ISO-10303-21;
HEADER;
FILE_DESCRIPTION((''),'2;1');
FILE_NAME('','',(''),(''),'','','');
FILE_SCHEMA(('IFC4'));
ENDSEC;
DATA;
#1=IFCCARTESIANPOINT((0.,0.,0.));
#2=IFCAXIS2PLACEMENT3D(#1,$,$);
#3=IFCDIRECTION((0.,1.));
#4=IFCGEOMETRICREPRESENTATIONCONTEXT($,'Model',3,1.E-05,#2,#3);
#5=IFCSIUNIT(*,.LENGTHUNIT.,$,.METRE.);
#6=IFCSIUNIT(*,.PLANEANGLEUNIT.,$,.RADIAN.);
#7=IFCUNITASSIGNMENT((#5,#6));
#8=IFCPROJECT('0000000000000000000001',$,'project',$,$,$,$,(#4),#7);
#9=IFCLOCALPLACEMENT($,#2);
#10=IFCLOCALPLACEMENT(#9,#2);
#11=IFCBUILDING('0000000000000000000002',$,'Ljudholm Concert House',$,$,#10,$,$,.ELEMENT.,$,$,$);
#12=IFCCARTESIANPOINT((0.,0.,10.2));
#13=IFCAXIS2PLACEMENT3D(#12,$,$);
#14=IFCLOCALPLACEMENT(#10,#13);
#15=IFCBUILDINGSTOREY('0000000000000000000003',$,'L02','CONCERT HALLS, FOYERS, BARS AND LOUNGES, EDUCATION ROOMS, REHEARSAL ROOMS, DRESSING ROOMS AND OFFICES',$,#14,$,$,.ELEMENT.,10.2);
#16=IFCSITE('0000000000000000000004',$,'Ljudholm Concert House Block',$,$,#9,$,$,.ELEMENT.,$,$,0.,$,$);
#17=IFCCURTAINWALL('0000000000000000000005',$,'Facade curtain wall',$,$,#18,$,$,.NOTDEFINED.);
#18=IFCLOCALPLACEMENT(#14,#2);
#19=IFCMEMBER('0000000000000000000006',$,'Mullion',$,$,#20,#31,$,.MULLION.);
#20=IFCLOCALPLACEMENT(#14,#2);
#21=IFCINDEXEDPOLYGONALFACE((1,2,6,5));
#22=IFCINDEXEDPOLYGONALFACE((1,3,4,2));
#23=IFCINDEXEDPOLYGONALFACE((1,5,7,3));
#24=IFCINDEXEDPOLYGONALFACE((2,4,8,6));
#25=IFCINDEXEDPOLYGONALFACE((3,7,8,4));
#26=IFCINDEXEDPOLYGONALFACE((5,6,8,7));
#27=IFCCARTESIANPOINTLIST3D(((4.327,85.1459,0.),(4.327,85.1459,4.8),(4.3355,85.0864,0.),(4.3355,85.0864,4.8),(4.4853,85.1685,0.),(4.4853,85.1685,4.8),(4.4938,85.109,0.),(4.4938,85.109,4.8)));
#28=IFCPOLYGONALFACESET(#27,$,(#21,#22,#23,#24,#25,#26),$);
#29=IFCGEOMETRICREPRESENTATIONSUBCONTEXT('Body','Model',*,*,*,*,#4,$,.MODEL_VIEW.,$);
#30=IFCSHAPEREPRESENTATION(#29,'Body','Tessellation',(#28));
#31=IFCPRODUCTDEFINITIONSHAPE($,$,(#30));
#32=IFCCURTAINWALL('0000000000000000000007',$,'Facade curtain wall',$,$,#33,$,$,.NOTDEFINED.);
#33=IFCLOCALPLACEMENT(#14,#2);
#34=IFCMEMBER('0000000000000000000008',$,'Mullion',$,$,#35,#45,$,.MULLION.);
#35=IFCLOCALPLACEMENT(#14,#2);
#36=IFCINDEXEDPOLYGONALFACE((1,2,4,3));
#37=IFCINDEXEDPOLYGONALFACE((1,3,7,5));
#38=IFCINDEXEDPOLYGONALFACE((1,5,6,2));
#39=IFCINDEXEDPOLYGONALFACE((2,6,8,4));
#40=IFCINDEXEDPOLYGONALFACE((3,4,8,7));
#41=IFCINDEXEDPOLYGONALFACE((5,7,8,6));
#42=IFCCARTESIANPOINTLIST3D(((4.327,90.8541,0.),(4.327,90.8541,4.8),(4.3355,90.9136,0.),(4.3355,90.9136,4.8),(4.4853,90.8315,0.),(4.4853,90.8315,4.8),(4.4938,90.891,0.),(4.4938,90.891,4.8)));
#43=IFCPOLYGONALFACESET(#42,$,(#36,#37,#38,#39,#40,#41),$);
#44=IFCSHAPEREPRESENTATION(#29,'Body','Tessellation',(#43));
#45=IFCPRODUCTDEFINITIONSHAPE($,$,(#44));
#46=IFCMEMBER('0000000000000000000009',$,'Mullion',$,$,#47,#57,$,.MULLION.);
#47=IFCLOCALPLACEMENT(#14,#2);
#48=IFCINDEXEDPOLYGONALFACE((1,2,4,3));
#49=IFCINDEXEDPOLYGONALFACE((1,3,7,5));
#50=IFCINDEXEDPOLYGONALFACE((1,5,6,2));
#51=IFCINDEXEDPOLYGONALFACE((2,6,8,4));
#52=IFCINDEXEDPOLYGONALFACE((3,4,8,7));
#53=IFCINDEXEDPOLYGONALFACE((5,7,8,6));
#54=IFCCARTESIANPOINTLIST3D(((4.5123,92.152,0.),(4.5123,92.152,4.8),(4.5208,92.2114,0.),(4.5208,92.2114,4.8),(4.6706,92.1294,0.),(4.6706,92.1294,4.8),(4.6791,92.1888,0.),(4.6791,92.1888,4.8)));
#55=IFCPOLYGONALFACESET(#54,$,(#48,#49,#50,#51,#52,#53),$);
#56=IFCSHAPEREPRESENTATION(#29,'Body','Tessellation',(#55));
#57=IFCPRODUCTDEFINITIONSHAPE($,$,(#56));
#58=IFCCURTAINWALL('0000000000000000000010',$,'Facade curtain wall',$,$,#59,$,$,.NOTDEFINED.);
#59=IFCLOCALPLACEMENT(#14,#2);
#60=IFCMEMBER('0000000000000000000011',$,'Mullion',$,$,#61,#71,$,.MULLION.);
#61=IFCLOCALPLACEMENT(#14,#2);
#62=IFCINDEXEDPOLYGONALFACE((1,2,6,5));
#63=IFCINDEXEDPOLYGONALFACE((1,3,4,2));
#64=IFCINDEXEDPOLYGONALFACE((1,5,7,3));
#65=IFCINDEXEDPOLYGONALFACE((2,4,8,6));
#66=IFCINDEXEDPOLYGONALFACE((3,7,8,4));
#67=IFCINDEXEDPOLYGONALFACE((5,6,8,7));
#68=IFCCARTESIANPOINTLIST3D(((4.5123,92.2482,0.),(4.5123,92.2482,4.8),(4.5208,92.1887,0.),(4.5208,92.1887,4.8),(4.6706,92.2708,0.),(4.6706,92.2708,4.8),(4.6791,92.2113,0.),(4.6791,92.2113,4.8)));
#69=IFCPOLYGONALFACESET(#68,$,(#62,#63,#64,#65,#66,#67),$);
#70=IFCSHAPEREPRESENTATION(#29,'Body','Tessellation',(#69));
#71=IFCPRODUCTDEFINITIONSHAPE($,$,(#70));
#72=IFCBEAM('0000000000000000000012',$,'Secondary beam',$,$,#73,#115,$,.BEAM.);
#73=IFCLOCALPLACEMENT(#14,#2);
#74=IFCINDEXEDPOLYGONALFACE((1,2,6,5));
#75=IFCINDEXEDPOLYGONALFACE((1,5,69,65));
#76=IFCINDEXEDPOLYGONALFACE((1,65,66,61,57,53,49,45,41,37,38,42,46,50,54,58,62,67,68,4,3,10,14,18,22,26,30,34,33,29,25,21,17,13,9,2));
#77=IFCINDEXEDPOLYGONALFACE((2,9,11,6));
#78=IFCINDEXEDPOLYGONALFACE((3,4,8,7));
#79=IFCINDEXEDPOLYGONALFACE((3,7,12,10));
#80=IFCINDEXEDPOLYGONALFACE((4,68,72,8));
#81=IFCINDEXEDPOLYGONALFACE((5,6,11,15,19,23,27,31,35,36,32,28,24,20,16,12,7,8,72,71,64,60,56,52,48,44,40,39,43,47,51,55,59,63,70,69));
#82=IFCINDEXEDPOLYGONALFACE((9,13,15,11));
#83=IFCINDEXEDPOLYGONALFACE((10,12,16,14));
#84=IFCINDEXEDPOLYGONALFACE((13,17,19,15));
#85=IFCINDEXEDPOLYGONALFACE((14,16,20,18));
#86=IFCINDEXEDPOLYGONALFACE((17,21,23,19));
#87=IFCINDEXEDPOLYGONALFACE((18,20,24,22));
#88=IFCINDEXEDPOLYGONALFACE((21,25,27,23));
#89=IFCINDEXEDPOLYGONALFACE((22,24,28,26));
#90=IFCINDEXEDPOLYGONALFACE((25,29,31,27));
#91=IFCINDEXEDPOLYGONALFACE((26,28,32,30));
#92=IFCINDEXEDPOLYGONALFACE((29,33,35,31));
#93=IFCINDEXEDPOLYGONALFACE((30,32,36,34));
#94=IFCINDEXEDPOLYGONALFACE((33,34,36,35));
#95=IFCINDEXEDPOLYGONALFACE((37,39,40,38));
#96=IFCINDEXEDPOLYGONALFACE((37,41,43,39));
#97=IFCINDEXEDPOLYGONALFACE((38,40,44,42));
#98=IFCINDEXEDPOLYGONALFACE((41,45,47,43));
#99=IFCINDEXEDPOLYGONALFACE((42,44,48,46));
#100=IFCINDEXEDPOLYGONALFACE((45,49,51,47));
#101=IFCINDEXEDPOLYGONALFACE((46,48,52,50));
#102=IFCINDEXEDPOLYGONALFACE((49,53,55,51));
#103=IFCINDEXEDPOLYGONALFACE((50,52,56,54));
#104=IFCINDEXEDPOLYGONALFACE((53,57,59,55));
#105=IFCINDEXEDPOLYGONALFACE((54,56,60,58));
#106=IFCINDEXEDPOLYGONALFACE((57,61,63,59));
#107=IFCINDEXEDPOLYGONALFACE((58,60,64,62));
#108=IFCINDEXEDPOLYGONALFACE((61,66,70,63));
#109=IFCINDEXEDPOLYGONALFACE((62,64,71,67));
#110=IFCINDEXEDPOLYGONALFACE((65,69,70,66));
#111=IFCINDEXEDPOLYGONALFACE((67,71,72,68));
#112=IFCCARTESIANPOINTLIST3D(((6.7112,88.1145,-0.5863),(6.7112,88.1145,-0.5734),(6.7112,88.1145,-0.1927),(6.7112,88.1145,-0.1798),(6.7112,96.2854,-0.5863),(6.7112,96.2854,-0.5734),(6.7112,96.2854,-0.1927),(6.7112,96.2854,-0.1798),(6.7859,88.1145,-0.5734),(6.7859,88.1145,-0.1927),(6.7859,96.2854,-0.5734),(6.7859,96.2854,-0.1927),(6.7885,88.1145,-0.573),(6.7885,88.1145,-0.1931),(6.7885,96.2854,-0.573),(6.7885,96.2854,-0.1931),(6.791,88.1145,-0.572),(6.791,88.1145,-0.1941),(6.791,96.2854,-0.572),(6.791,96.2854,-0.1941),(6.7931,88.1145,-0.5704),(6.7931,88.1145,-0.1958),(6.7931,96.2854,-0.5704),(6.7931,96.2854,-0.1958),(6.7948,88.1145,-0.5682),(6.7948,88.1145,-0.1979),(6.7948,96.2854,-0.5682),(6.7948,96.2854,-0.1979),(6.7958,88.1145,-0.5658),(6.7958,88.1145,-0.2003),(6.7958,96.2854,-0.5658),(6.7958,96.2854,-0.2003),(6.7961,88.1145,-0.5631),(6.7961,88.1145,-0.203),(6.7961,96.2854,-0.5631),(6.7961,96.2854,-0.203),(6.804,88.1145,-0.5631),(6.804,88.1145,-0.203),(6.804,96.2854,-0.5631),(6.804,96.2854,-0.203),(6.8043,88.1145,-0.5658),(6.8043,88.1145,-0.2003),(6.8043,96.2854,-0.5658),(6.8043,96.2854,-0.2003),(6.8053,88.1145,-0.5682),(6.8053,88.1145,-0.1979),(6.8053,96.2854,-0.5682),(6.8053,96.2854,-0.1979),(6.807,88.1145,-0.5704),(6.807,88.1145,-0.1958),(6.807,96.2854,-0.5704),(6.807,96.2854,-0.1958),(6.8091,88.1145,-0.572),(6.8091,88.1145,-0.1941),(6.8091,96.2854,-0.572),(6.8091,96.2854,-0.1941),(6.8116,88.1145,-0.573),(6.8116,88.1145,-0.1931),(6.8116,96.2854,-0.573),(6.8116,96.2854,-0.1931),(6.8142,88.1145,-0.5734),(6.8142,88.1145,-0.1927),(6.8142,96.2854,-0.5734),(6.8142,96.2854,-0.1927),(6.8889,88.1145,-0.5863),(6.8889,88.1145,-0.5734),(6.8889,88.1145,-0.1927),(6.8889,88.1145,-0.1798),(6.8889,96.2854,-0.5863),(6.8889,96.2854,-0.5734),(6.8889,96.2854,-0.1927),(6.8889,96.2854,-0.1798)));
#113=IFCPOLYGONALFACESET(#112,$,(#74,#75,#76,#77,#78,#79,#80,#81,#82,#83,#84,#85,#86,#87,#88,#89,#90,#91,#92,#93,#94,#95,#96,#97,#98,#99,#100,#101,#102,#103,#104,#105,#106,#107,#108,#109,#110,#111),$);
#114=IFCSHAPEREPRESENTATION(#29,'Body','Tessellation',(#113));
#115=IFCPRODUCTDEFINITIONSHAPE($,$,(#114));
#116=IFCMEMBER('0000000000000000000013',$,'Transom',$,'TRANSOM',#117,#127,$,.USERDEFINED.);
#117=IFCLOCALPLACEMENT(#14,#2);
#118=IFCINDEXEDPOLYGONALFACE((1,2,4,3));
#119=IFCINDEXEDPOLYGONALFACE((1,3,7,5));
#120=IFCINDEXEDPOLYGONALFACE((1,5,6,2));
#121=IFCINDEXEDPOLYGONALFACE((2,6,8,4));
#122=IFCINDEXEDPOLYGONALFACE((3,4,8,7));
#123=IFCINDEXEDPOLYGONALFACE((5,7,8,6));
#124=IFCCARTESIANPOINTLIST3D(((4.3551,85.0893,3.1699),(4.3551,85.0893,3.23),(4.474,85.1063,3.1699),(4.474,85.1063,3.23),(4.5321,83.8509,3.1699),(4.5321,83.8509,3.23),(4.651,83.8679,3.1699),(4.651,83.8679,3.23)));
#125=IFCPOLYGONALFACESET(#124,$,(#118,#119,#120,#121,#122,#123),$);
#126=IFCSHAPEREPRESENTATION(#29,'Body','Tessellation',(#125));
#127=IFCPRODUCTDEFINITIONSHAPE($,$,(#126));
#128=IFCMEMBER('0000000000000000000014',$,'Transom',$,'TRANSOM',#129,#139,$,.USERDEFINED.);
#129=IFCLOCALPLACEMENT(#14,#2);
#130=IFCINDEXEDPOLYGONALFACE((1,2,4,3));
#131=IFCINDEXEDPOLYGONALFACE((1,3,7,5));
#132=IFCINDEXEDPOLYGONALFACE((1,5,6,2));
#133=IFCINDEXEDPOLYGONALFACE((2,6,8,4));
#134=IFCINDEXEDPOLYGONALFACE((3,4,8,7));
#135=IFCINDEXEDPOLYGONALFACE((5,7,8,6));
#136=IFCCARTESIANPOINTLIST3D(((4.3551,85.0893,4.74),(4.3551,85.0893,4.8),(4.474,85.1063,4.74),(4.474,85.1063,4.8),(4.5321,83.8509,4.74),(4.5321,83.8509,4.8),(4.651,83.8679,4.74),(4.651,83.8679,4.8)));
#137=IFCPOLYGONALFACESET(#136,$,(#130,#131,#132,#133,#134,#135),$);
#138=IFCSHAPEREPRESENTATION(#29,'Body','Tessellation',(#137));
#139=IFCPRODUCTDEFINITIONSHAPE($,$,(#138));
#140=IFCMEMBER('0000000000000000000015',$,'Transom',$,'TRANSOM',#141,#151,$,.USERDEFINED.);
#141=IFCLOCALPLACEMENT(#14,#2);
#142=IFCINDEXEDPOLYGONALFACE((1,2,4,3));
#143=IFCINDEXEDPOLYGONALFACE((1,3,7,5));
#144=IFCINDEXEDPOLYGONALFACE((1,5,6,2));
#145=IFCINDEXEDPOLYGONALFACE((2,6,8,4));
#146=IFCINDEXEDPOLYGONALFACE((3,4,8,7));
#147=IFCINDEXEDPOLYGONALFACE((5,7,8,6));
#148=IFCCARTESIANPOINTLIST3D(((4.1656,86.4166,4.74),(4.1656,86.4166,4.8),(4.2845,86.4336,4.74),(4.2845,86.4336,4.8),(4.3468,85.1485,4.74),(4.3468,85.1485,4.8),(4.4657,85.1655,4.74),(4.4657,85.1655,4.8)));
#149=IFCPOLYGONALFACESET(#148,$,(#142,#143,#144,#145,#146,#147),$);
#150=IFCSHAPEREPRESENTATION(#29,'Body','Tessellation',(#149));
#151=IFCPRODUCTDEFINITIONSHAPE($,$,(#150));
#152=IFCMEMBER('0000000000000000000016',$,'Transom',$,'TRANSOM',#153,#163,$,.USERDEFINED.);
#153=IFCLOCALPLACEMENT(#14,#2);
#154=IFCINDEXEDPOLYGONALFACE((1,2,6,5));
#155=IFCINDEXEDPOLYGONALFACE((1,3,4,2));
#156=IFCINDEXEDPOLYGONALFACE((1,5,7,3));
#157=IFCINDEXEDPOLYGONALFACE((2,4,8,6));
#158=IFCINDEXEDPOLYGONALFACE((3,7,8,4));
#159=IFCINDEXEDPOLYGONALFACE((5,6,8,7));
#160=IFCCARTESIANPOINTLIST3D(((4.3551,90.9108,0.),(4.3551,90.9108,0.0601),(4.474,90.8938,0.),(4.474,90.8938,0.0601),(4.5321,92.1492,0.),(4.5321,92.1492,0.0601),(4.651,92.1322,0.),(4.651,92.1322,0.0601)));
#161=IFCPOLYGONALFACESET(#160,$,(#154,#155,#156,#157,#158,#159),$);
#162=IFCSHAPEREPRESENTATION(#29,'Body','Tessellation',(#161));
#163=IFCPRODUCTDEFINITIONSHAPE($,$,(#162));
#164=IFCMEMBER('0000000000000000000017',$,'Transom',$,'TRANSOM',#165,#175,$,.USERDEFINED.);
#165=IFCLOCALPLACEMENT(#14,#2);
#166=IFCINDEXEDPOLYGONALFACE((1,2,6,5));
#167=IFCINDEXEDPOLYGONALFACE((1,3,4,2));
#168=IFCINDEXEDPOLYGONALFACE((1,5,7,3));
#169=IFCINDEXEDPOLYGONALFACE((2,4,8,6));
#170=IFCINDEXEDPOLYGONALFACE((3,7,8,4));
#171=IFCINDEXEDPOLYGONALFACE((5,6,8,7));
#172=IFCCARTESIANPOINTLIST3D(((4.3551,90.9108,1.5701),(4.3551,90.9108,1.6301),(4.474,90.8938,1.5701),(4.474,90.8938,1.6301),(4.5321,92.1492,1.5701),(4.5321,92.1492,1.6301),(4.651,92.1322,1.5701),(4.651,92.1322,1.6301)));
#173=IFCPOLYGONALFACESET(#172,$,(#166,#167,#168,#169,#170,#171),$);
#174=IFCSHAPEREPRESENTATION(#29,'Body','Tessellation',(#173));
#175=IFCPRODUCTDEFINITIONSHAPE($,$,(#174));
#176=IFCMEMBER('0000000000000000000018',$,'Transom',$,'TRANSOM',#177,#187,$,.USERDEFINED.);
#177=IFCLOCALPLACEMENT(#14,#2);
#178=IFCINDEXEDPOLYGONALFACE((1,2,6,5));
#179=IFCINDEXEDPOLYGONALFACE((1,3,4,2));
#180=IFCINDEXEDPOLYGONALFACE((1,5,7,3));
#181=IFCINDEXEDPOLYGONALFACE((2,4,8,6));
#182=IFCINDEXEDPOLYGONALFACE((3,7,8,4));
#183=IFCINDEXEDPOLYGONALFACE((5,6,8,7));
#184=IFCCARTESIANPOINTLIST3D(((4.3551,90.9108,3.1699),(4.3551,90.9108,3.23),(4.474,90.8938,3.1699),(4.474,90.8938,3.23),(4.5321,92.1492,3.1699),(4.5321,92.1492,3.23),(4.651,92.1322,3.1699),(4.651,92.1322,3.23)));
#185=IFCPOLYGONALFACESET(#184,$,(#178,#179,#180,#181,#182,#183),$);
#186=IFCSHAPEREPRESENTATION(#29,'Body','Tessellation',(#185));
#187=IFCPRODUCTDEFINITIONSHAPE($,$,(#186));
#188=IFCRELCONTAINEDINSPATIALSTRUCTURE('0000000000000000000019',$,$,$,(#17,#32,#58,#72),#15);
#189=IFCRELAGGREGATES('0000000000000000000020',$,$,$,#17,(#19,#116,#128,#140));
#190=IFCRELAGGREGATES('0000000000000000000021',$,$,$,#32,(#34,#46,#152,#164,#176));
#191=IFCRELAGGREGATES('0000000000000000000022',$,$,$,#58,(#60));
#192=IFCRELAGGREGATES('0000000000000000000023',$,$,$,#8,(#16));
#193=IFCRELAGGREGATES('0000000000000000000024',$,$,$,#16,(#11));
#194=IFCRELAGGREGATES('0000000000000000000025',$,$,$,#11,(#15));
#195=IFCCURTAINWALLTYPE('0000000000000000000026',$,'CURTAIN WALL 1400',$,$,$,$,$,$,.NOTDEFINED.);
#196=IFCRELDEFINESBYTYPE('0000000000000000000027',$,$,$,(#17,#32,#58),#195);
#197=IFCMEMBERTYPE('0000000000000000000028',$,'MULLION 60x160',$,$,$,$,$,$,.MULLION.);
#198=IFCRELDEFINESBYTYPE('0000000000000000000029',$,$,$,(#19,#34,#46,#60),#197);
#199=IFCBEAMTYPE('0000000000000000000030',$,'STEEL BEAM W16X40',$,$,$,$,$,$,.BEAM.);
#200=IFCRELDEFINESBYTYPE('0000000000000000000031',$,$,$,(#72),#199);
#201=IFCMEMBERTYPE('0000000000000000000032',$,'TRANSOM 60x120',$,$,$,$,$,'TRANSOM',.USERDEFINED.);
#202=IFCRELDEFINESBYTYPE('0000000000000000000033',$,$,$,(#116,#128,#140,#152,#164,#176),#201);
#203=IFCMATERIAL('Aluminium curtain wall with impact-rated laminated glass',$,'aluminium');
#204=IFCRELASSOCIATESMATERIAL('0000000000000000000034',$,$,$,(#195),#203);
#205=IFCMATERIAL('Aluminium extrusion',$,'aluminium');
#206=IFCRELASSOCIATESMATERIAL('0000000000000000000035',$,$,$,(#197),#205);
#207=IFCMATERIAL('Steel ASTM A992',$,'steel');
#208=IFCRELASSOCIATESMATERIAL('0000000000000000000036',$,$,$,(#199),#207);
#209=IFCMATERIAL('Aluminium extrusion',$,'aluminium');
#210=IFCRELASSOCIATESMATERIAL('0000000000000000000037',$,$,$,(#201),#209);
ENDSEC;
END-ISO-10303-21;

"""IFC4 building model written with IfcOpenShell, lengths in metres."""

from ifc_helpers import new_model, si_unit, direction, frame, origin, origin_2d, place, context, subcontext, project, spatial, rectangle, i_section, extrude, material, material_profile, profile_set, type_object, element, aggregate, save


model = new_model("IFC4")

# Units and contexts
model_context = context("Model", 3, precision=1e-05, world=origin(), true_north=direction((0.0, 1.0)))
body_context = subcontext(model_context, "Body", "Model", "MODEL_VIEW")
ifc_project = project(units=[si_unit("LENGTHUNIT", "METRE"), si_unit("PLANEANGLEUNIT", "RADIAN")], contexts=[model_context])

# Site, building, storey
site_placement = place(None, origin())
site = spatial("IfcSite", under=ifc_project, at=site_placement, Name="Ljudholm Concert House Block", CompositionType="ELEMENT", RefElevation=0.0)
building_placement = place(site_placement, origin())
building = spatial("IfcBuilding", under=site, at=building_placement, Name="Ljudholm Concert House", CompositionType="ELEMENT")
storey_placement = place(building_placement, frame((0.0, 0.0, 10.2)))
storey = spatial("IfcBuildingStorey", under=building, at=storey_placement, Name="L02", Description="CONCERT HALLS, FOYERS, BARS AND LOUNGES, EDUCATION ROOMS, REHEARSAL ROOMS, DRESSING ROOMS AND OFFICES", CompositionType="ELEMENT", Elevation=10.2)

# Curtain wall, member
ifc_material_1 = material(Name="Aluminium curtain wall with impact-rated laminated glass", Category="aluminium")
curtain_wall_type = type_object("IfcCurtainWallType", Name="CURTAIN WALL 1400", PredefinedType="NOTDEFINED", material=ifc_material_1)
curtain_wall_1_placement = place(storey_placement, origin())
curtain_wall_1 = element("IfcCurtainWall", 1, at=curtain_wall_1_placement, inside=storey, type_object=curtain_wall_type, Name="Facade curtain wall", PredefinedType="NOTDEFINED")
ifc_material_2 = material(Name="Aluminium extrusion", Category="aluminium")
ifc_material_profile_1 = material_profile(ifc_material_2, rectangle(XDim=0.1599, YDim=0.0601, at=origin_2d()), Name="MULLION 60x160")
ifc_profile_set_1 = profile_set([ifc_material_profile_1], Name="Aluminium extrusion")
member_type_1 = type_object("IfcMemberType", Name="MULLION 60x160", PredefinedType="MULLION", material=ifc_profile_set_1)
member_1_placement = place(storey_placement, frame((4.4104, 85.1274, 0.0), z_axis=(0.0, 0.0, 1.0), x_axis=(-0.989949, -0.141421, 0.0)))
member_1 = element("IfcMember", 2, at=member_1_placement, type_object=member_type_1, Name="Mullion", PredefinedType="MULLION", context=body_context, shape_type="SweptSolid", body=[
    extrude(rectangle(XDim=0.1599, YDim=0.0601, at=origin_2d()), origin(), (0.0, 0.0, 1.0), 4.8),
])

# Curtain wall, members
curtain_wall_2_placement = place(storey_placement, origin())
curtain_wall_2 = element("IfcCurtainWall", 3, at=curtain_wall_2_placement, inside=storey, type_object=curtain_wall_type, Name="Facade curtain wall", PredefinedType="NOTDEFINED")
member_2_placement = place(storey_placement, frame((4.4104, 90.8726, 0.0), z_axis=(0.0, 0.0, 1.0), x_axis=(-0.989949, 0.141421, 0.0)))
member_2 = element("IfcMember", 4, at=member_2_placement, type_object=member_type_1, Name="Mullion", PredefinedType="MULLION", context=body_context, shape_type="SweptSolid", body=[
    extrude(rectangle(XDim=0.1599, YDim=0.0601, at=origin_2d()), origin(), (0.0, 0.0, 1.0), 4.8),
])
member_3_placement = place(storey_placement, frame((4.5957, 92.1704, 0.0), z_axis=(0.0, 0.0, 1.0), x_axis=(-0.989949, 0.141421, 0.0)))
member_3 = element("IfcMember", 5, at=member_3_placement, type_object=member_type_1, Name="Mullion", PredefinedType="MULLION", context=body_context, shape_type="SweptSolid", body=[
    extrude(rectangle(XDim=0.1599, YDim=0.0601, at=origin_2d()), origin(), (0.0, 0.0, 1.0), 4.8),
])

# Curtain wall, member
curtain_wall_3_placement = place(storey_placement, origin())
curtain_wall_3 = element("IfcCurtainWall", 6, at=curtain_wall_3_placement, inside=storey, type_object=curtain_wall_type, Name="Facade curtain wall", PredefinedType="NOTDEFINED")
member_4_placement = place(storey_placement, frame((4.5957, 92.2297, 0.0), z_axis=(0.0, 0.0, 1.0), x_axis=(-0.989949, -0.141421, 0.0)))
member_4 = element("IfcMember", 7, at=member_4_placement, type_object=member_type_1, Name="Mullion", PredefinedType="MULLION", context=body_context, shape_type="SweptSolid", body=[
    extrude(rectangle(XDim=0.1599, YDim=0.0601, at=origin_2d()), origin(), (0.0, 0.0, 1.0), 4.8),
])

# Beam
ifc_material_3 = material(Name="Steel ASTM A992", Category="steel")
ifc_material_profile_2 = material_profile(ifc_material_3, i_section(OverallWidth=0.1777, OverallDepth=0.4065, WebThickness=0.0078, FlangeThickness=0.0129, FilletRadius=0.0103, at=origin_2d()), Name="W16X40")
ifc_profile_set_2 = profile_set([ifc_material_profile_2], Name="Steel ASTM A992")
beam_type = type_object("IfcBeamType", Name="STEEL BEAM W16X40", PredefinedType="BEAM", material=ifc_profile_set_2)
beam_placement = place(storey_placement, frame((6.8, 88.1145, -0.3831), z_axis=(0.0, 1.0, 0.0), x_axis=(-1.0, 0.0, 0.0)))
element("IfcBeam", 8, at=beam_placement, inside=storey, type_object=beam_type, Name="Secondary beam", PredefinedType="BEAM", context=body_context, shape_type="SweptSolid", body=[
    extrude(i_section(OverallWidth=0.1777, OverallDepth=0.4065, WebThickness=0.0078, FlangeThickness=0.0129, FilletRadius=0.0103, at=origin_2d()), origin(), (0.0, 0.0, 1.0), 8.1709),
])

# Members
ifc_material_4 = material(Name="Aluminium extrusion", Category="aluminium")
ifc_material_profile_3 = material_profile(ifc_material_4, rectangle(XDim=0.1201, YDim=0.0601, at=origin_2d()), Name="TRANSOM 60x120")
ifc_profile_set_3 = profile_set([ifc_material_profile_3], Name="Aluminium extrusion")
member_type_2 = type_object("IfcMemberType", Name="TRANSOM 60x120", ElementType="TRANSOM", PredefinedType="USERDEFINED", material=ifc_profile_set_3)
member_5_placement = place(storey_placement, frame((4.5916, 83.8594, 3.2), z_axis=(-0.141503, 0.989938, 0.0), x_axis=(-0.989938, -0.141503, 0.0)))
member_5 = element("IfcMember", 9, at=member_5_placement, type_object=member_type_2, Name="Transom", ObjectType="TRANSOM", PredefinedType="USERDEFINED", context=body_context, shape_type="SweptSolid", body=[
    extrude(rectangle(XDim=0.1201, YDim=0.0601, at=origin_2d()), origin(), (0.0, 0.0, 1.0), 1.251),
])
member_6_placement = place(storey_placement, frame((4.5916, 83.8594, 4.77), z_axis=(-0.141503, 0.989938, 0.0), x_axis=(-0.989938, -0.141503, 0.0)))
member_6 = element("IfcMember", 10, at=member_6_placement, type_object=member_type_2, Name="Transom", ObjectType="TRANSOM", PredefinedType="USERDEFINED", context=body_context, shape_type="SweptSolid", body=[
    extrude(rectangle(XDim=0.1201, YDim=0.0601, at=origin_2d()), origin(), (0.0, 0.0, 1.0), 1.251),
])
member_7_placement = place(storey_placement, frame((4.4062, 85.157, 4.77), z_axis=(-0.141421, 0.989949, 0.0), x_axis=(-0.989949, -0.141421, 0.0)))
member_7 = element("IfcMember", 11, at=member_7_placement, type_object=member_type_2, Name="Transom", ObjectType="TRANSOM", PredefinedType="USERDEFINED", context=body_context, shape_type="SweptSolid", body=[
    extrude(rectangle(XDim=0.1201, YDim=0.0601, at=origin_2d()), origin(), (0.0, 0.0, 1.0), 1.281),
])
member_8_placement = place(storey_placement, frame((4.4146, 90.9023, 0.03), z_axis=(0.141503, 0.989938, 0.0), x_axis=(-0.989938, 0.141503, 0.0)))
member_8 = element("IfcMember", 12, at=member_8_placement, type_object=member_type_2, Name="Transom", ObjectType="TRANSOM", PredefinedType="USERDEFINED", context=body_context, shape_type="SweptSolid", body=[
    extrude(rectangle(XDim=0.1201, YDim=0.0601, at=origin_2d()), origin(), (0.0, 0.0, 1.0), 1.251),
])
member_9_placement = place(storey_placement, frame((4.4146, 90.9023, 1.6001), z_axis=(0.141503, 0.989938, 0.0), x_axis=(-0.989938, 0.141503, 0.0)))
member_9 = element("IfcMember", 13, at=member_9_placement, type_object=member_type_2, Name="Transom", ObjectType="TRANSOM", PredefinedType="USERDEFINED", context=body_context, shape_type="SweptSolid", body=[
    extrude(rectangle(XDim=0.1201, YDim=0.0601, at=origin_2d()), origin(), (0.0, 0.0, 1.0), 1.251),
])
member_10_placement = place(storey_placement, frame((4.4146, 90.9023, 3.2), z_axis=(0.141503, 0.989938, 0.0), x_axis=(-0.989938, 0.141503, 0.0)))
member_10 = element("IfcMember", 14, at=member_10_placement, type_object=member_type_2, Name="Transom", ObjectType="TRANSOM", PredefinedType="USERDEFINED", context=body_context, shape_type="SweptSolid", body=[
    extrude(rectangle(XDim=0.1201, YDim=0.0601, at=origin_2d()), origin(), (0.0, 0.0, 1.0), 1.251),
])

aggregate(curtain_wall_1, [member_1, member_5, member_6, member_7])
aggregate(curtain_wall_2, [member_2, member_3, member_8, member_9, member_10])
aggregate(curtain_wall_3, [member_4])

save(model, "model.ifc")
